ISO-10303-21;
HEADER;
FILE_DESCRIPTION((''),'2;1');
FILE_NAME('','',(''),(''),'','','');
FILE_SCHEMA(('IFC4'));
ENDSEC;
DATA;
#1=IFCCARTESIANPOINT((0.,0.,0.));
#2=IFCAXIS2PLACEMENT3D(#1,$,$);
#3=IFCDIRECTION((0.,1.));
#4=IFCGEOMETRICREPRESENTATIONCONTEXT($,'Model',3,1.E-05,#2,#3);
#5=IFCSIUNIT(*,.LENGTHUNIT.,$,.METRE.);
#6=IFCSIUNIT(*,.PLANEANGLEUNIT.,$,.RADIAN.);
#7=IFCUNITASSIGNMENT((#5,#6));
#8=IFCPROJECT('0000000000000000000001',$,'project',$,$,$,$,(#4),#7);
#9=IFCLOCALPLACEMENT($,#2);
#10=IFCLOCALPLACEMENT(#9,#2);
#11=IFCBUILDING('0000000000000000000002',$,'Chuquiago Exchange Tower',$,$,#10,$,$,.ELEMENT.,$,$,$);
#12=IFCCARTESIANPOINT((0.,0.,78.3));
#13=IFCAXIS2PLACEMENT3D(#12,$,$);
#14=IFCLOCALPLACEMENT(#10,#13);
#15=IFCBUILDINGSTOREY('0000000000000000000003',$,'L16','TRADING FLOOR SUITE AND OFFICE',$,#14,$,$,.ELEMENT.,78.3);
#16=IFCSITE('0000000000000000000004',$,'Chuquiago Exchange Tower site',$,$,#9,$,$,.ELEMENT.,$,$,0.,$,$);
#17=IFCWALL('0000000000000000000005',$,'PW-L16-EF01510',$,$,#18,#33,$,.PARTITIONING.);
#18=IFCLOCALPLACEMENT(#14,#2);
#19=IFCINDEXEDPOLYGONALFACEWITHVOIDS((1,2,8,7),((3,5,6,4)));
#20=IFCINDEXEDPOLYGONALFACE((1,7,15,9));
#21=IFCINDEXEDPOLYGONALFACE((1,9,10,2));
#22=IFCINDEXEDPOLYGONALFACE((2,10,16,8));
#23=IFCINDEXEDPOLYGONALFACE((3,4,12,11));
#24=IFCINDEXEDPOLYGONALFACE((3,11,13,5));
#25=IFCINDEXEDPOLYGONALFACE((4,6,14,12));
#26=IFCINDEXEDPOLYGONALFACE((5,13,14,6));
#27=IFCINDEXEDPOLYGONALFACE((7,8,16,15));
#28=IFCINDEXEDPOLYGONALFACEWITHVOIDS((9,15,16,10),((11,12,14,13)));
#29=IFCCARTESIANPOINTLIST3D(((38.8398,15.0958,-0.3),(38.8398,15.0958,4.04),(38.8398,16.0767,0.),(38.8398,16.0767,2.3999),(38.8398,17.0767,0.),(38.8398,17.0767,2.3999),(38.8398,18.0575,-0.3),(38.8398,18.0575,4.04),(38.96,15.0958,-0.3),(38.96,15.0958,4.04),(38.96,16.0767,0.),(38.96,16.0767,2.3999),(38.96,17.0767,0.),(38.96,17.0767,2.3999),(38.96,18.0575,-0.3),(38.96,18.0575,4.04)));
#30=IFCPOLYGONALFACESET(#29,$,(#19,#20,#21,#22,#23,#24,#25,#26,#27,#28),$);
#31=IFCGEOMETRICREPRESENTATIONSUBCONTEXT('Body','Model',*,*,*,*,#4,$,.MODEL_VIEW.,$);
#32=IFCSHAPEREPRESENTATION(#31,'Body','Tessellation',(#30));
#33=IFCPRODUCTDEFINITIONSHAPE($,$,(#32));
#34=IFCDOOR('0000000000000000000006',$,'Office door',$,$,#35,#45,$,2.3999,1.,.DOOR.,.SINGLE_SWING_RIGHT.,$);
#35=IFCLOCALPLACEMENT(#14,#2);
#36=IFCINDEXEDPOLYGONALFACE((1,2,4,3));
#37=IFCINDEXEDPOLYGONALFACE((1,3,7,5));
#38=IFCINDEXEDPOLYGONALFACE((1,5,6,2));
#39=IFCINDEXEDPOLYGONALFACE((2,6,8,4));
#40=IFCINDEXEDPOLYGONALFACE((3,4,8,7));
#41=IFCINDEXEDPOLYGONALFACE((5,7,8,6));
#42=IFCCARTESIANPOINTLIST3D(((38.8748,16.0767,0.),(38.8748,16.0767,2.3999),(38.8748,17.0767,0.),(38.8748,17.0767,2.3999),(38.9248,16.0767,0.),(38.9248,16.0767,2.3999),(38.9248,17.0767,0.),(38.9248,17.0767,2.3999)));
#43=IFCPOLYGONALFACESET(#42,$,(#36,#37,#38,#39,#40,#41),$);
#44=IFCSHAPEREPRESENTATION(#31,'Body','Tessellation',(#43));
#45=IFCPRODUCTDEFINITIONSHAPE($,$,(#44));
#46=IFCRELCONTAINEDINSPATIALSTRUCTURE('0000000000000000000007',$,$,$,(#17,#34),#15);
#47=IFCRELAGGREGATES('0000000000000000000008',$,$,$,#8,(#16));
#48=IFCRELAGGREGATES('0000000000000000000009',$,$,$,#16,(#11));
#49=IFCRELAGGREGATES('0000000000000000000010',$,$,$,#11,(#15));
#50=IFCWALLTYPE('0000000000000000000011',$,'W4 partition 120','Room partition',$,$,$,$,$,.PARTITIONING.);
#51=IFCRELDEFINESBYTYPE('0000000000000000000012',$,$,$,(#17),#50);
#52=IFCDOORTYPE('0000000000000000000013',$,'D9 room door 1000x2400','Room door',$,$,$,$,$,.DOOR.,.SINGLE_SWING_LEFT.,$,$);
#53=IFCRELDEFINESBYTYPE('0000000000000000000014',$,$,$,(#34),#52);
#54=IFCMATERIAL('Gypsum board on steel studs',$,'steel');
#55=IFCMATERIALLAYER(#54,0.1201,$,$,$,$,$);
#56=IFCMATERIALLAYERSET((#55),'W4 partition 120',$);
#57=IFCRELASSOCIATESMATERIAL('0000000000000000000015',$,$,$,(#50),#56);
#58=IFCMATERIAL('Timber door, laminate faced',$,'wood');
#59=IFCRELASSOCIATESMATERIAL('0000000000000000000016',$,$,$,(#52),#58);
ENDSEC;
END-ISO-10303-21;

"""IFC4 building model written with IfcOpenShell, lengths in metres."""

from ifc_helpers import new_model, si_unit, direction, frame, frame_2d, origin, place, context, subcontext, project, spatial, rectangle, extrude, material, layer, layer_set, type_object, element, fill, save


model = new_model("IFC4")

# Units and contexts
model_context = context("Model", 3, precision=1e-05, world=origin(), true_north=direction((0.0, 1.0)))
body_context = subcontext(model_context, "Body", "Model", "MODEL_VIEW")
ifc_project = project(units=[si_unit("LENGTHUNIT", "METRE"), si_unit("PLANEANGLEUNIT", "RADIAN")], contexts=[model_context])

# Site, building, storey
site_placement = place(None, origin())
site = spatial("IfcSite", under=ifc_project, at=site_placement, Name="Chuquiago Exchange Tower site", CompositionType="ELEMENT", RefElevation=0.0)
building_placement = place(site_placement, origin())
building = spatial("IfcBuilding", under=site, at=building_placement, Name="Chuquiago Exchange Tower", CompositionType="ELEMENT")
storey_placement = place(building_placement, frame((0.0, 0.0, 78.3)))
storey = spatial("IfcBuildingStorey", under=building, at=storey_placement, Name="L16", Description="TRADING FLOOR SUITE AND OFFICE", CompositionType="ELEMENT", Elevation=78.3)

# Shared definitions
ifc_material_1 = material(Name="Gypsum board on steel studs", Category="steel")
ifc_layer_1 = layer(ifc_material_1, 0.1201)
ifc_layer_set_1 = layer_set([ifc_layer_1], Name="W4 partition 120")
wall_type_1 = type_object("IfcWallType", Name="W4 partition 120", Description="Room partition", PredefinedType="PARTITIONING", material=ifc_layer_set_1)

# Wall, opening, door
ifc_material_2 = material(Name="Timber door, laminate faced", Category="wood")
door_type_1 = type_object("IfcDoorType", Name="D9 room door 1000x2400", Description="Room door", OperationType="SINGLE_SWING_LEFT", PredefinedType="DOOR", material=ifc_material_2)
wall_1_placement = place(storey_placement, frame((38.8999, 15.0957, -0.3), z_axis=(0.0, 0.0, 1.0), x_axis=(0.0, 1.0, 0.0)))
wall_1 = element("IfcWall", 1, at=wall_1_placement, inside=storey, type_object=wall_type_1, Name="PW-L16-EF01510", PredefinedType="PARTITIONING", context=body_context, shape_type="SweptSolid", body=[
    extrude(rectangle(XDim=2.9617, YDim=0.1201, at=frame_2d((1.481, 0.0))), origin(), (0.0, 0.0, 1.0), 4.3401),
])
opening_1_placement = place(wall_1_placement, frame((0.981, 0.0, 0.3)))
opening_1 = element("IfcOpeningElement", 2, at=opening_1_placement, cuts=wall_1, PredefinedType="OPENING", context=body_context, shape_type="SweptSolid", body=[
    extrude(rectangle(XDim=1.0, YDim=2.3999, at=frame_2d((0.5, 1.2))), frame((0.0, 0.0701, 0.0), z_axis=(0.0, -1.0, 0.0), x_axis=(1.0, 0.0, 0.0)), (0.0, 0.0, 1.0), 0.1401),
])
door_1_placement = place(opening_1_placement, frame((1.0, 0.0, 0.0), z_axis=(0.0, 0.0, 1.0), x_axis=(-1.0, 0.0, 0.0)))
door_1 = element("IfcDoor", 3, at=door_1_placement, inside=storey, type_object=door_type_1, Name="Office door", OperationType="SINGLE_SWING_RIGHT", OverallHeight=2.3999, OverallWidth=1.0, PredefinedType="DOOR", context=body_context, shape_type="SweptSolid", body=[
    extrude(rectangle(XDim=1.0, YDim=2.3999, at=frame_2d((0.5, 1.2))), frame((0.0, 0.0249, 0.0), z_axis=(0.0, -1.0, 0.0), x_axis=(1.0, 0.0, 0.0)), (0.0, 0.0, 1.0), 0.05),
])
fill(opening_1, door_1)

save(model, "model.ifc")
